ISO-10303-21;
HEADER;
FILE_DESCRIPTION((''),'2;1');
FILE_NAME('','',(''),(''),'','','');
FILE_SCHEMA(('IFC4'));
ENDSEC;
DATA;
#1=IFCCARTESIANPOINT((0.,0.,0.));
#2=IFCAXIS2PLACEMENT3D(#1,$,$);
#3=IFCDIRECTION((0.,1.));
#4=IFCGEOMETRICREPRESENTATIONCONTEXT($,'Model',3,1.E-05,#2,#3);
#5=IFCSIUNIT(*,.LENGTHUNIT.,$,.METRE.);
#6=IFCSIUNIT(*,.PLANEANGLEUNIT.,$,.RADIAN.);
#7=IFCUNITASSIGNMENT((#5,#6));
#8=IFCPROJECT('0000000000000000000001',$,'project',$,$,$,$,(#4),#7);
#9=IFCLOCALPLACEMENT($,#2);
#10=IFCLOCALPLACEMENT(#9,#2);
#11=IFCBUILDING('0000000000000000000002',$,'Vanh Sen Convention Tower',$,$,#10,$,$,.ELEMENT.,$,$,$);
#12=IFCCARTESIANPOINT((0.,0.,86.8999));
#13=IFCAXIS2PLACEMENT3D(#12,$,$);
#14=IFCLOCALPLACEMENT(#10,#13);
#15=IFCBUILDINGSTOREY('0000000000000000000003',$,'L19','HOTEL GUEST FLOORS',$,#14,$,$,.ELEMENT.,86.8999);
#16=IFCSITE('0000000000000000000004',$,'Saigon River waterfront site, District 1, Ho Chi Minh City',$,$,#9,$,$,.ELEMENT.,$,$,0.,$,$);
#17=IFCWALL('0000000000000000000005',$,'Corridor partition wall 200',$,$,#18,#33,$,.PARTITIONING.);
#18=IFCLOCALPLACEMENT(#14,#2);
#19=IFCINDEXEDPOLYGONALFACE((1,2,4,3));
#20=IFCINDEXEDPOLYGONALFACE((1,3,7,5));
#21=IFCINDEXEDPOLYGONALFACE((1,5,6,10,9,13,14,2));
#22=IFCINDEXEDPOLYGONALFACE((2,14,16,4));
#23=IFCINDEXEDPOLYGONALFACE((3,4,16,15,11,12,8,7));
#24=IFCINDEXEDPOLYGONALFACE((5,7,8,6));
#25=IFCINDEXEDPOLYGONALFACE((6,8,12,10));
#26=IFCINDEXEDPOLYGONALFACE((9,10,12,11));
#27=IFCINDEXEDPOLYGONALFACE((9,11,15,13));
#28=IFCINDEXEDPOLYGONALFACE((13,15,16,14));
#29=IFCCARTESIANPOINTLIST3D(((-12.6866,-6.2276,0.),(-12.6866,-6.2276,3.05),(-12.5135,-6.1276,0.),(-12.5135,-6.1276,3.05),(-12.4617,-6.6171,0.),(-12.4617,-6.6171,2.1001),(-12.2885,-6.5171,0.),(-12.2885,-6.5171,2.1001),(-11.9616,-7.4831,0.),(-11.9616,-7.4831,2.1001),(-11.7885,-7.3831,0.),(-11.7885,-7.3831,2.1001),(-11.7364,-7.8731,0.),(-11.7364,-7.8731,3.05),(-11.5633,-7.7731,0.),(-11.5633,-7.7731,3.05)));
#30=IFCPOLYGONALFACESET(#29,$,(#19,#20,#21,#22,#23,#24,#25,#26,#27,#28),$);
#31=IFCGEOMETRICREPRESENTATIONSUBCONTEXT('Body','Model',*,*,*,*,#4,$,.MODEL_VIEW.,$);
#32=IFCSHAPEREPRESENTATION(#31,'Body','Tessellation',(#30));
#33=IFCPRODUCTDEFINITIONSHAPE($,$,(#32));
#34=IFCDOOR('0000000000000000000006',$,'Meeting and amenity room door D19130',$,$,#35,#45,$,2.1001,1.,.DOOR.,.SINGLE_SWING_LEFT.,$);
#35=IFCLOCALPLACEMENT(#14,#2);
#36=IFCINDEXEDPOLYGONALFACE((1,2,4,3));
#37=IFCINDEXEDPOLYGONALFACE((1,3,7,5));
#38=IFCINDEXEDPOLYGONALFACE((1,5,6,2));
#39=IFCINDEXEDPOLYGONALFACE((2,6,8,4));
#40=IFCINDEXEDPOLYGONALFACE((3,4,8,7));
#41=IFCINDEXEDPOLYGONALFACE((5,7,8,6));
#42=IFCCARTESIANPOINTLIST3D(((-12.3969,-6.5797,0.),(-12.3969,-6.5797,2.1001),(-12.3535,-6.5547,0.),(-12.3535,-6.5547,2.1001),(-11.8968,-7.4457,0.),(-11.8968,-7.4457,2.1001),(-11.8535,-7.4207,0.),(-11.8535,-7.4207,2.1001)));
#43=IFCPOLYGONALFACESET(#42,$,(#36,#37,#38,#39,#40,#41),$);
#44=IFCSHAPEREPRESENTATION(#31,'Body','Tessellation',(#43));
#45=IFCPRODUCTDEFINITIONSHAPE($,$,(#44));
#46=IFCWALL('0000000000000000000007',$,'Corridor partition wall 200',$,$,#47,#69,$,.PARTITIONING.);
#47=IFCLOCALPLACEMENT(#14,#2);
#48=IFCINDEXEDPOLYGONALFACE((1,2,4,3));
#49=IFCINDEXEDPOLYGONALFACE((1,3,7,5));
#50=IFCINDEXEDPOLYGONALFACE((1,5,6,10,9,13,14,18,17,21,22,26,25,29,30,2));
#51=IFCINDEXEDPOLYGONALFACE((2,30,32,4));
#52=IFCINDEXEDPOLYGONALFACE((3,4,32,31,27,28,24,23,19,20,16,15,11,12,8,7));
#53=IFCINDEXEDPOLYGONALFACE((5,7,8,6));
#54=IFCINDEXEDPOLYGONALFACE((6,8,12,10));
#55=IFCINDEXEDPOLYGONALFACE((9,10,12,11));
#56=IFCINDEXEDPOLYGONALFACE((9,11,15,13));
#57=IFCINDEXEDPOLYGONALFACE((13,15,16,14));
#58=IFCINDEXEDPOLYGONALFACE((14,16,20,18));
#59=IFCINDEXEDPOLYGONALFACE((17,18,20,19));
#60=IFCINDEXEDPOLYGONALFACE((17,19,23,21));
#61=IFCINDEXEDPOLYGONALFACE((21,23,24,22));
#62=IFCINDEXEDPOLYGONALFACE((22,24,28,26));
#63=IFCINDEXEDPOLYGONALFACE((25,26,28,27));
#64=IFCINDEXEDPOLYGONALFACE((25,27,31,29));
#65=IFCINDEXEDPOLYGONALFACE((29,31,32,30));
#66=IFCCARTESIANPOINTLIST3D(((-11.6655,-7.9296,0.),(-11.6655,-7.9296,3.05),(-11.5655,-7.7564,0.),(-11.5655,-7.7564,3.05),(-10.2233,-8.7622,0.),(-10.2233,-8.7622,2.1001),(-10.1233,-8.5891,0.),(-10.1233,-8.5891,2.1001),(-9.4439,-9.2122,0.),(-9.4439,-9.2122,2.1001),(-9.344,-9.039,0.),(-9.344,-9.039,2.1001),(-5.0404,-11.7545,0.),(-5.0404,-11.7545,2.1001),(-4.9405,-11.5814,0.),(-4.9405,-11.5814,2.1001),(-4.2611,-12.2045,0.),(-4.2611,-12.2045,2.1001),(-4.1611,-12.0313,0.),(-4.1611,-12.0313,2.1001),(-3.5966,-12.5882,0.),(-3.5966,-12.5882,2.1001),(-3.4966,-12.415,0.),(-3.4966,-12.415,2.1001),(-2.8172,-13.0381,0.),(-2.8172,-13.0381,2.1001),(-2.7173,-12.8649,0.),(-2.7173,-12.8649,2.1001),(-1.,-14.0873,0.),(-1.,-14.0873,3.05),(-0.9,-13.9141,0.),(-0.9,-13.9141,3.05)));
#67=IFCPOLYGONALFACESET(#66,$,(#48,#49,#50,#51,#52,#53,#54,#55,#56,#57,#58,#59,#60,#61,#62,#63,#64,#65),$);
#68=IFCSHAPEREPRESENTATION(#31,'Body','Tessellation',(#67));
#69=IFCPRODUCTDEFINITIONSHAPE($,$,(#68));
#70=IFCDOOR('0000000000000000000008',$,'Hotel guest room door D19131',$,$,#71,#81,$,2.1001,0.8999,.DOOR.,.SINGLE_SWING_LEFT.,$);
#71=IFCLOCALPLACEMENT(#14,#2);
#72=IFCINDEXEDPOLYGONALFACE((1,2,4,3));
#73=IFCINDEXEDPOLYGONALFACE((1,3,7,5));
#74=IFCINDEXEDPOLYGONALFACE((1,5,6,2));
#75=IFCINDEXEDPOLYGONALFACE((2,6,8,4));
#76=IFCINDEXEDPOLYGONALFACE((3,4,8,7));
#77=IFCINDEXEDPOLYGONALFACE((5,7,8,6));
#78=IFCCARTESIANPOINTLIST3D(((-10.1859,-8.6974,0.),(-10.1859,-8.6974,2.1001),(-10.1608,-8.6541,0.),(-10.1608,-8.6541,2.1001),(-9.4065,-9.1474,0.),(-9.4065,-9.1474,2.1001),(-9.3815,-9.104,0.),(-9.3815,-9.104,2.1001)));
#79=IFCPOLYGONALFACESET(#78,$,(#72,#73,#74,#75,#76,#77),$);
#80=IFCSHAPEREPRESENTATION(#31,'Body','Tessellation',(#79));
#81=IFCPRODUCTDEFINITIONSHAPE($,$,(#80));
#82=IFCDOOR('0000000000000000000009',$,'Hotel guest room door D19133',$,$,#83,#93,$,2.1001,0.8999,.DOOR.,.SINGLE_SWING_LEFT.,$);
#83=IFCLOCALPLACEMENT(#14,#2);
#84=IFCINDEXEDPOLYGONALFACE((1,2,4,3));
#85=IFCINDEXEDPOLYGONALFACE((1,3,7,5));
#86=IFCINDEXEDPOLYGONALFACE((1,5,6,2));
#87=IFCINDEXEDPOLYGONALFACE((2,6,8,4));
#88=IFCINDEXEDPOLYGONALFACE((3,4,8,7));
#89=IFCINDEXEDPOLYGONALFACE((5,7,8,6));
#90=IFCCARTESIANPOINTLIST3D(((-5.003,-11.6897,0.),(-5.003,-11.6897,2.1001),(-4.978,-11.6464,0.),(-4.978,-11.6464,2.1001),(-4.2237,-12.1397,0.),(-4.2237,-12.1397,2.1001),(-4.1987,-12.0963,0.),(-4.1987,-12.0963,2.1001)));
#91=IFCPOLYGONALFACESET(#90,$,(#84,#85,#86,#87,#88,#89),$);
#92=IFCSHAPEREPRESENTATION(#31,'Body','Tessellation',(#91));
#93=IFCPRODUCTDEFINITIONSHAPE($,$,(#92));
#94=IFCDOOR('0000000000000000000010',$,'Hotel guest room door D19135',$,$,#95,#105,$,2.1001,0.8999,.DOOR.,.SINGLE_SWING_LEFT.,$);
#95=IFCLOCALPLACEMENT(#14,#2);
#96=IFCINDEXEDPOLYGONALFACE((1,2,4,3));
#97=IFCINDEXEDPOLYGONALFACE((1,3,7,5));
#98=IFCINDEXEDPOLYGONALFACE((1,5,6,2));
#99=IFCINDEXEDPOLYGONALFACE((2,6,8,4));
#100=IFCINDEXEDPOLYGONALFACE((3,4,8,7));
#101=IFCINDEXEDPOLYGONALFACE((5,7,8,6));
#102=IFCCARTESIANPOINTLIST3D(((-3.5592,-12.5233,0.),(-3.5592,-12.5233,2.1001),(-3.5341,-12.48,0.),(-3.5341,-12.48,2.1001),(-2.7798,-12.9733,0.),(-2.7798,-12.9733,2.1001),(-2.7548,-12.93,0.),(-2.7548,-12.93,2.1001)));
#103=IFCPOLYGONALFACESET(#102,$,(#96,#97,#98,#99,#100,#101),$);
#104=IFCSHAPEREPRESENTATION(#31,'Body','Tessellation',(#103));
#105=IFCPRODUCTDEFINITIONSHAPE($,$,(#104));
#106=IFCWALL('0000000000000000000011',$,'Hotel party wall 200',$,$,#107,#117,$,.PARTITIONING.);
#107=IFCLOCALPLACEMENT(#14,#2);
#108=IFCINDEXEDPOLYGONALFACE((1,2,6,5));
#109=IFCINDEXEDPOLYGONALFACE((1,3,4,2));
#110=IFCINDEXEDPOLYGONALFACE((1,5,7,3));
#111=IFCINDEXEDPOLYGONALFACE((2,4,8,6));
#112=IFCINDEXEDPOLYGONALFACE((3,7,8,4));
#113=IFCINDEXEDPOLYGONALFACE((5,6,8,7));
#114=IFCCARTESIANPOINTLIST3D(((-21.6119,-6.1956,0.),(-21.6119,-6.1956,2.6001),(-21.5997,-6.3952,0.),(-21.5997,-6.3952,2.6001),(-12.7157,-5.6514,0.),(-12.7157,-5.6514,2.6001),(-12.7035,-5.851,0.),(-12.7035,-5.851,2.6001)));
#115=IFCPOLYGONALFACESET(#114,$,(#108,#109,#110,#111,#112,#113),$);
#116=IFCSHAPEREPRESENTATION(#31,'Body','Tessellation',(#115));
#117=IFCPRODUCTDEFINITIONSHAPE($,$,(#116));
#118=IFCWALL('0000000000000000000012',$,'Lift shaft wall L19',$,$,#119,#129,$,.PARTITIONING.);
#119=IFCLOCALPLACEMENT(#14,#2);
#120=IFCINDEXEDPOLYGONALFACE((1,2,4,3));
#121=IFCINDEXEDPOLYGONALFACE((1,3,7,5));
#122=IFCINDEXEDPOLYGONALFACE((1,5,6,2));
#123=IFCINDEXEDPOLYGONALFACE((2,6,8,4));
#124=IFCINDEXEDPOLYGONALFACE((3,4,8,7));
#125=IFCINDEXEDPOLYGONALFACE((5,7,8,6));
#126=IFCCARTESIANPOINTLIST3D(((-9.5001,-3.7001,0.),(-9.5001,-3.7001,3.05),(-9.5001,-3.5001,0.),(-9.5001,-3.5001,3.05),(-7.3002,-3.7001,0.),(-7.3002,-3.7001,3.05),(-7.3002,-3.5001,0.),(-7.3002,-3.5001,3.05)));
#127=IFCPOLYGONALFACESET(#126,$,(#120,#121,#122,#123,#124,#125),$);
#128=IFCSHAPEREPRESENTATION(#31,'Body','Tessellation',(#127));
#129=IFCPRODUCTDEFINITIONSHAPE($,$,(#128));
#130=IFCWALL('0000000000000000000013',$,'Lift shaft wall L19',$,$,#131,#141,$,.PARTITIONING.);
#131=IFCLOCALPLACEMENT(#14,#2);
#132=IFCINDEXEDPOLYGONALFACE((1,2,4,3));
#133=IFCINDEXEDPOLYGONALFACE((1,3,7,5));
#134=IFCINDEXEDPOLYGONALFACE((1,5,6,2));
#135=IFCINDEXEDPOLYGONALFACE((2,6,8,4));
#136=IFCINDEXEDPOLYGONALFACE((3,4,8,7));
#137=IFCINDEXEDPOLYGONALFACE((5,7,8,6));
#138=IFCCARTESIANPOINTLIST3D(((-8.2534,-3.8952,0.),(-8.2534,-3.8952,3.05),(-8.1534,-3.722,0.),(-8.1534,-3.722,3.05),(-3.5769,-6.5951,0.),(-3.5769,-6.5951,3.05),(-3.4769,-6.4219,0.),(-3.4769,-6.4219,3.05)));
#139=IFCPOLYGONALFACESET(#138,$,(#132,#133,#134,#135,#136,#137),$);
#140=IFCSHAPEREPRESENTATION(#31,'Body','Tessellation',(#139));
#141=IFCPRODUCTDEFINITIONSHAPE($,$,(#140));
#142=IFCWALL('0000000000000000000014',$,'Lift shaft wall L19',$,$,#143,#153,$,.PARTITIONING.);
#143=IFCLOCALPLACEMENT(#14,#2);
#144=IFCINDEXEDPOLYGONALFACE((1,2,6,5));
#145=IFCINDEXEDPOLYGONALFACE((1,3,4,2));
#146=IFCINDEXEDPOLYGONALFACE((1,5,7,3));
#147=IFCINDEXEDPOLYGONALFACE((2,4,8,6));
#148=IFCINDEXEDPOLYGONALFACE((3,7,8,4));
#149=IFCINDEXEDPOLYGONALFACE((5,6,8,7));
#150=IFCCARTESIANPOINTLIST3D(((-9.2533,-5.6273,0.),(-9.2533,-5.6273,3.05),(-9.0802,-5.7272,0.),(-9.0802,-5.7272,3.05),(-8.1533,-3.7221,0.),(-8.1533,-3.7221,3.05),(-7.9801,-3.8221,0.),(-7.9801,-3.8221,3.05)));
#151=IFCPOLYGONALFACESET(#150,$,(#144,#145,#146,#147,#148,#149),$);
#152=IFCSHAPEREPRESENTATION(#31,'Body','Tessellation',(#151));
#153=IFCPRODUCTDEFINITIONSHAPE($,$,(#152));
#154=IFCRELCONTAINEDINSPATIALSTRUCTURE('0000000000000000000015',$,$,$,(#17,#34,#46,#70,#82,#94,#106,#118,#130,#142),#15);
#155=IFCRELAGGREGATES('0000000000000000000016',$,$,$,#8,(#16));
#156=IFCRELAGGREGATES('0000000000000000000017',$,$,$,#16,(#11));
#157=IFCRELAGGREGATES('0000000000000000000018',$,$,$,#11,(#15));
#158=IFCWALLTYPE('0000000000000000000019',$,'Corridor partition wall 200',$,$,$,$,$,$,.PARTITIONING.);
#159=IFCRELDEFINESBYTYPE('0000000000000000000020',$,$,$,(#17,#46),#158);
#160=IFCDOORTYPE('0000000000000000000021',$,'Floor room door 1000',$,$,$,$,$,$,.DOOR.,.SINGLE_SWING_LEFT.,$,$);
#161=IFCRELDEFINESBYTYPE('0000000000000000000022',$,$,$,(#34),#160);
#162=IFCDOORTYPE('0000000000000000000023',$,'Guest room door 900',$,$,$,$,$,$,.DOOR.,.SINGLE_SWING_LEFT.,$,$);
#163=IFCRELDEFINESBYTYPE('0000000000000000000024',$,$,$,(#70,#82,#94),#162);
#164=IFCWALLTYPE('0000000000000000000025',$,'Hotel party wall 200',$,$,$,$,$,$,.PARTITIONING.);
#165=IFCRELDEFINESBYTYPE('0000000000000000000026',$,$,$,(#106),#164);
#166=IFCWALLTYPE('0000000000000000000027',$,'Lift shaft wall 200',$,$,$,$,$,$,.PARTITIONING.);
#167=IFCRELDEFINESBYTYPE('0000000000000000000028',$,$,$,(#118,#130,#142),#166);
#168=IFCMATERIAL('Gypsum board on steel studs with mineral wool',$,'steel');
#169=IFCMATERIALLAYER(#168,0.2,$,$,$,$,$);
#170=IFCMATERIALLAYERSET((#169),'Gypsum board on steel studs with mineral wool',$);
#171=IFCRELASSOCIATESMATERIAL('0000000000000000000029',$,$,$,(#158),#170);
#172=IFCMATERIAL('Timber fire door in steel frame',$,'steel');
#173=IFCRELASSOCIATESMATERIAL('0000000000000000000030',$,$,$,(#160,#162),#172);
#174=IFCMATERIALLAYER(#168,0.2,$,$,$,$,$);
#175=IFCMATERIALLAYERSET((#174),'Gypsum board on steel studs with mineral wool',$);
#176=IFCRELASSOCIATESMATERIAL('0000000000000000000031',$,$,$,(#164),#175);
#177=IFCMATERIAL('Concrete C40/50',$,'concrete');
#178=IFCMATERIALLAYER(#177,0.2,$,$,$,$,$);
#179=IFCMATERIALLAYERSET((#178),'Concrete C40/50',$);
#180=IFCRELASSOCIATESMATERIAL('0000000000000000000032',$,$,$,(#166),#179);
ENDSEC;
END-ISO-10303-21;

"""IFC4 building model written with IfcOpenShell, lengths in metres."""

from ifc_helpers import new_model, si_unit, direction, frame, frame_2d, origin, place, context, subcontext, project, spatial, rectangle, extrude, material, layer, layer_set, type_object, element, fill, save


model = new_model("IFC4")

# Units and contexts
model_context = context("Model", 3, precision=1e-05, world=origin(), true_north=direction((0.0, 1.0)))
body_context = subcontext(model_context, "Body", "Model", "MODEL_VIEW")
ifc_project = project(units=[si_unit("LENGTHUNIT", "METRE"), si_unit("PLANEANGLEUNIT", "RADIAN")], contexts=[model_context])

# Site, building, storey
site_placement = place(None, origin())
site = spatial("IfcSite", under=ifc_project, at=site_placement, Name="Saigon River waterfront site, District 1, Ho Chi Minh City", CompositionType="ELEMENT", RefElevation=0.0)
building_placement = place(site_placement, origin())
building = spatial("IfcBuilding", under=site, at=building_placement, Name="Vanh Sen Convention Tower", CompositionType="ELEMENT")
storey_placement = place(building_placement, frame((0.0, 0.0, 86.8999)))
storey = spatial("IfcBuildingStorey", under=building, at=storey_placement, Name="L19", Description="HOTEL GUEST FLOORS", CompositionType="ELEMENT", Elevation=86.8999)

# Wall, opening, door
ifc_material_1 = material(Name="Gypsum board on steel studs with mineral wool", Category="steel")
ifc_layer_1 = layer(ifc_material_1, 0.2)
ifc_layer_set_1 = layer_set([ifc_layer_1], Name="Gypsum board on steel studs with mineral wool")
wall_type_1 = type_object("IfcWallType", Name="Corridor partition wall 200", PredefinedType="PARTITIONING", material=ifc_layer_set_1)
wall_1_placement = place(storey_placement, frame((-12.6001, -6.1775, 0.0), z_axis=(0.0, 0.0, 1.0), x_axis=(0.500064, -0.865989, 0.0)))
wall_1 = element("IfcWall", 1, at=wall_1_placement, inside=storey, type_object=wall_type_1, Name="Corridor partition wall 200", PredefinedType="PARTITIONING", context=body_context, shape_type="SweptSolid", body=[
    extrude(rectangle(XDim=1.9001, YDim=0.2, at=frame_2d((0.9502, 0.0))), origin(), (0.0, 0.0, 1.0), 3.05),
])
opening_1_placement = place(wall_1_placement, frame((0.45, 0.0, 0.0)))
opening_1 = element("IfcOpeningElement", 2, at=opening_1_placement, cuts=wall_1, PredefinedType="OPENING", context=body_context, shape_type="SweptSolid", body=[
    extrude(rectangle(XDim=1.0, YDim=2.1001, at=frame_2d((0.5, 1.05))), frame((0.0, 0.1099, 0.0), z_axis=(0.0, -1.0, 0.0), x_axis=(1.0, 0.0, 0.0)), (0.0, 0.0, 1.0), 0.22),
])
ifc_material_2 = material(Name="Timber fire door in steel frame", Category="steel")
door_type_1 = type_object("IfcDoorType", Name="Floor room door 1000", OperationType="SINGLE_SWING_LEFT", PredefinedType="DOOR", material=ifc_material_2)
door_1_placement = place(opening_1_placement, origin())
door_1 = element("IfcDoor", 3, at=door_1_placement, inside=storey, type_object=door_type_1, Name="Meeting and amenity room door D19130", OperationType="SINGLE_SWING_LEFT", OverallHeight=2.1001, OverallWidth=1.0, PredefinedType="DOOR", context=body_context, shape_type="SweptSolid", body=[
    extrude(rectangle(XDim=1.0, YDim=2.1001, at=frame_2d((0.5, 1.05))), frame((0.0, 0.0249, 0.0), z_axis=(0.0, -1.0, 0.0), x_axis=(1.0, 0.0, 0.0)), (0.0, 0.0, 1.0), 0.05),
])
fill(opening_1, door_1)

# Wall, openings, doors
wall_2_placement = place(storey_placement, frame((-11.6155, -7.843, 0.0), z_axis=(0.0, 0.0, 1.0), x_axis=(0.866026, -0.499998, 0.0)))
wall_2 = element("IfcWall", 4, at=wall_2_placement, inside=storey, type_object=wall_type_1, Name="Corridor partition wall 200", PredefinedType="PARTITIONING", context=body_context, shape_type="SweptSolid", body=[
    extrude(rectangle(XDim=12.3154, YDim=0.2, at=frame_2d((6.1577, 0.0))), origin(), (0.0, 0.0, 1.0), 3.05),
])
opening_2_placement = place(wall_2_placement, frame((1.6653, 0.0, 0.0)))
opening_2 = element("IfcOpeningElement", 5, at=opening_2_placement, cuts=wall_2, PredefinedType="OPENING", context=body_context, shape_type="SweptSolid", body=[
    extrude(rectangle(XDim=0.8999, YDim=2.1001, at=frame_2d((0.45, 1.05))), frame((0.0, 0.1099, 0.0), z_axis=(0.0, -1.0, 0.0), x_axis=(1.0, 0.0, 0.0)), (0.0, 0.0, 1.0), 0.22),
])
opening_3_placement = place(wall_2_placement, frame((7.6499, 0.0, 0.0)))
opening_3 = element("IfcOpeningElement", 6, at=opening_3_placement, cuts=wall_2, PredefinedType="OPENING", context=body_context, shape_type="SweptSolid", body=[
    extrude(rectangle(XDim=0.8999, YDim=2.1001, at=frame_2d((0.45, 1.05))), frame((0.0, 0.1099, 0.0), z_axis=(0.0, -1.0, 0.0), x_axis=(1.0, 0.0, 0.0)), (0.0, 0.0, 1.0), 0.22),
])
opening_4_placement = place(wall_2_placement, frame((9.3171, 0.0, 0.0)))
opening_4 = element("IfcOpeningElement", 7, at=opening_4_placement, cuts=wall_2, PredefinedType="OPENING", context=body_context, shape_type="SweptSolid", body=[
    extrude(rectangle(XDim=0.8999, YDim=2.1001, at=frame_2d((0.45, 1.05))), frame((0.0, 0.1099, 0.0), z_axis=(0.0, -1.0, 0.0), x_axis=(1.0, 0.0, 0.0)), (0.0, 0.0, 1.0), 0.22),
])
door_type_2 = type_object("IfcDoorType", Name="Guest room door 900", OperationType="SINGLE_SWING_LEFT", PredefinedType="DOOR", material=ifc_material_2)
door_2_placement = place(opening_2_placement, origin())
door_2 = element("IfcDoor", 8, at=door_2_placement, inside=storey, type_object=door_type_2, Name="Hotel guest room door D19131", OperationType="SINGLE_SWING_LEFT", OverallHeight=2.1001, OverallWidth=0.8999, PredefinedType="DOOR", context=body_context, shape_type="SweptSolid", body=[
    extrude(rectangle(XDim=0.8999, YDim=2.1001, at=frame_2d((0.45, 1.05))), frame((0.0, 0.0249, 0.0), z_axis=(0.0, -1.0, 0.0), x_axis=(1.0, 0.0, 0.0)), (0.0, 0.0, 1.0), 0.05),
])
fill(opening_2, door_2)
door_3_placement = place(opening_3_placement, origin())
door_3 = element("IfcDoor", 9, at=door_3_placement, inside=storey, type_object=door_type_2, Name="Hotel guest room door D19133", OperationType="SINGLE_SWING_LEFT", OverallHeight=2.1001, OverallWidth=0.8999, PredefinedType="DOOR", context=body_context, shape_type="SweptSolid", body=[
    extrude(rectangle(XDim=0.8999, YDim=2.1001, at=frame_2d((0.45, 1.05))), frame((0.0, 0.0249, 0.0), z_axis=(0.0, -1.0, 0.0), x_axis=(1.0, 0.0, 0.0)), (0.0, 0.0, 1.0), 0.05),
])
fill(opening_3, door_3)
door_4_placement = place(opening_4_placement, origin())
door_4 = element("IfcDoor", 10, at=door_4_placement, inside=storey, type_object=door_type_2, Name="Hotel guest room door D19135", OperationType="SINGLE_SWING_LEFT", OverallHeight=2.1001, OverallWidth=0.8999, PredefinedType="DOOR", context=body_context, shape_type="SweptSolid", body=[
    extrude(rectangle(XDim=0.8999, YDim=2.1001, at=frame_2d((0.45, 1.05))), frame((0.0, 0.0249, 0.0), z_axis=(0.0, -1.0, 0.0), x_axis=(1.0, 0.0, 0.0)), (0.0, 0.0, 1.0), 0.05),
])
fill(opening_4, door_4)

# Walls
ifc_layer_2 = layer(ifc_material_1, 0.2)
ifc_layer_set_2 = layer_set([ifc_layer_2], Name="Gypsum board on steel studs with mineral wool")
wall_type_2 = type_object("IfcWallType", Name="Hotel party wall 200", PredefinedType="PARTITIONING", material=ifc_layer_set_2)
wall_3_placement = place(storey_placement, frame((-21.606, -6.2954, 0.0), z_axis=(0.0, 0.0, 1.0), x_axis=(0.998134, 0.061057, 0.0)))
element("IfcWall", 11, at=wall_3_placement, inside=storey, type_object=wall_type_2, Name="Hotel party wall 200", PredefinedType="PARTITIONING", context=body_context, shape_type="SweptSolid", body=[
    extrude(rectangle(XDim=8.9128, YDim=0.2, at=frame_2d((4.4565, 0.0))), origin(), (0.0, 0.0, 1.0), 2.6001),
])
ifc_material_3 = material(Name="Concrete C40/50", Category="concrete")
ifc_layer_3 = layer(ifc_material_3, 0.2)
ifc_layer_set_3 = layer_set([ifc_layer_3], Name="Concrete C40/50")
wall_type_3 = type_object("IfcWallType", Name="Lift shaft wall 200", PredefinedType="PARTITIONING", material=ifc_layer_set_3)
wall_4_placement = place(storey_placement, frame((-7.3, -3.6001, 0.0), z_axis=(0.0, 0.0, 1.0), x_axis=(-1.0, 0.0, 0.0)))
element("IfcWall", 12, at=wall_4_placement, inside=storey, type_object=wall_type_3, Name="Lift shaft wall L19", PredefinedType="PARTITIONING", context=body_context, shape_type="SweptSolid", body=[
    extrude(rectangle(XDim=2.2, YDim=0.2, at=frame_2d((1.1001, 0.0))), origin(), (0.0, 0.0, 1.0), 3.05),
])
wall_5_placement = place(storey_placement, frame((-8.2034, -3.8086, 0.0), z_axis=(0.0, 0.0, 1.0), x_axis=(0.866028, -0.499995, 0.0)))
element("IfcWall", 13, at=wall_5_placement, inside=storey, type_object=wall_type_3, Name="Lift shaft wall L19", PredefinedType="PARTITIONING", context=body_context, shape_type="SweptSolid", body=[
    extrude(rectangle(XDim=5.3999, YDim=0.2, at=frame_2d((2.7, 0.0))), origin(), (0.0, 0.0, 1.0), 3.05),
])
wall_6_placement = place(storey_placement, frame((-8.0667, -3.772, 0.0), z_axis=(0.0, 0.0, 1.0), x_axis=(-0.50003, -0.866008, 0.0)))
element("IfcWall", 14, at=wall_6_placement, inside=storey, type_object=wall_type_3, Name="Lift shaft wall L19", PredefinedType="PARTITIONING", context=body_context, shape_type="SweptSolid", body=[
    extrude(rectangle(XDim=2.2, YDim=0.2, at=frame_2d((1.1001, 0.0))), origin(), (0.0, 0.0, 1.0), 3.05),
])

save(model, "model.ifc")
